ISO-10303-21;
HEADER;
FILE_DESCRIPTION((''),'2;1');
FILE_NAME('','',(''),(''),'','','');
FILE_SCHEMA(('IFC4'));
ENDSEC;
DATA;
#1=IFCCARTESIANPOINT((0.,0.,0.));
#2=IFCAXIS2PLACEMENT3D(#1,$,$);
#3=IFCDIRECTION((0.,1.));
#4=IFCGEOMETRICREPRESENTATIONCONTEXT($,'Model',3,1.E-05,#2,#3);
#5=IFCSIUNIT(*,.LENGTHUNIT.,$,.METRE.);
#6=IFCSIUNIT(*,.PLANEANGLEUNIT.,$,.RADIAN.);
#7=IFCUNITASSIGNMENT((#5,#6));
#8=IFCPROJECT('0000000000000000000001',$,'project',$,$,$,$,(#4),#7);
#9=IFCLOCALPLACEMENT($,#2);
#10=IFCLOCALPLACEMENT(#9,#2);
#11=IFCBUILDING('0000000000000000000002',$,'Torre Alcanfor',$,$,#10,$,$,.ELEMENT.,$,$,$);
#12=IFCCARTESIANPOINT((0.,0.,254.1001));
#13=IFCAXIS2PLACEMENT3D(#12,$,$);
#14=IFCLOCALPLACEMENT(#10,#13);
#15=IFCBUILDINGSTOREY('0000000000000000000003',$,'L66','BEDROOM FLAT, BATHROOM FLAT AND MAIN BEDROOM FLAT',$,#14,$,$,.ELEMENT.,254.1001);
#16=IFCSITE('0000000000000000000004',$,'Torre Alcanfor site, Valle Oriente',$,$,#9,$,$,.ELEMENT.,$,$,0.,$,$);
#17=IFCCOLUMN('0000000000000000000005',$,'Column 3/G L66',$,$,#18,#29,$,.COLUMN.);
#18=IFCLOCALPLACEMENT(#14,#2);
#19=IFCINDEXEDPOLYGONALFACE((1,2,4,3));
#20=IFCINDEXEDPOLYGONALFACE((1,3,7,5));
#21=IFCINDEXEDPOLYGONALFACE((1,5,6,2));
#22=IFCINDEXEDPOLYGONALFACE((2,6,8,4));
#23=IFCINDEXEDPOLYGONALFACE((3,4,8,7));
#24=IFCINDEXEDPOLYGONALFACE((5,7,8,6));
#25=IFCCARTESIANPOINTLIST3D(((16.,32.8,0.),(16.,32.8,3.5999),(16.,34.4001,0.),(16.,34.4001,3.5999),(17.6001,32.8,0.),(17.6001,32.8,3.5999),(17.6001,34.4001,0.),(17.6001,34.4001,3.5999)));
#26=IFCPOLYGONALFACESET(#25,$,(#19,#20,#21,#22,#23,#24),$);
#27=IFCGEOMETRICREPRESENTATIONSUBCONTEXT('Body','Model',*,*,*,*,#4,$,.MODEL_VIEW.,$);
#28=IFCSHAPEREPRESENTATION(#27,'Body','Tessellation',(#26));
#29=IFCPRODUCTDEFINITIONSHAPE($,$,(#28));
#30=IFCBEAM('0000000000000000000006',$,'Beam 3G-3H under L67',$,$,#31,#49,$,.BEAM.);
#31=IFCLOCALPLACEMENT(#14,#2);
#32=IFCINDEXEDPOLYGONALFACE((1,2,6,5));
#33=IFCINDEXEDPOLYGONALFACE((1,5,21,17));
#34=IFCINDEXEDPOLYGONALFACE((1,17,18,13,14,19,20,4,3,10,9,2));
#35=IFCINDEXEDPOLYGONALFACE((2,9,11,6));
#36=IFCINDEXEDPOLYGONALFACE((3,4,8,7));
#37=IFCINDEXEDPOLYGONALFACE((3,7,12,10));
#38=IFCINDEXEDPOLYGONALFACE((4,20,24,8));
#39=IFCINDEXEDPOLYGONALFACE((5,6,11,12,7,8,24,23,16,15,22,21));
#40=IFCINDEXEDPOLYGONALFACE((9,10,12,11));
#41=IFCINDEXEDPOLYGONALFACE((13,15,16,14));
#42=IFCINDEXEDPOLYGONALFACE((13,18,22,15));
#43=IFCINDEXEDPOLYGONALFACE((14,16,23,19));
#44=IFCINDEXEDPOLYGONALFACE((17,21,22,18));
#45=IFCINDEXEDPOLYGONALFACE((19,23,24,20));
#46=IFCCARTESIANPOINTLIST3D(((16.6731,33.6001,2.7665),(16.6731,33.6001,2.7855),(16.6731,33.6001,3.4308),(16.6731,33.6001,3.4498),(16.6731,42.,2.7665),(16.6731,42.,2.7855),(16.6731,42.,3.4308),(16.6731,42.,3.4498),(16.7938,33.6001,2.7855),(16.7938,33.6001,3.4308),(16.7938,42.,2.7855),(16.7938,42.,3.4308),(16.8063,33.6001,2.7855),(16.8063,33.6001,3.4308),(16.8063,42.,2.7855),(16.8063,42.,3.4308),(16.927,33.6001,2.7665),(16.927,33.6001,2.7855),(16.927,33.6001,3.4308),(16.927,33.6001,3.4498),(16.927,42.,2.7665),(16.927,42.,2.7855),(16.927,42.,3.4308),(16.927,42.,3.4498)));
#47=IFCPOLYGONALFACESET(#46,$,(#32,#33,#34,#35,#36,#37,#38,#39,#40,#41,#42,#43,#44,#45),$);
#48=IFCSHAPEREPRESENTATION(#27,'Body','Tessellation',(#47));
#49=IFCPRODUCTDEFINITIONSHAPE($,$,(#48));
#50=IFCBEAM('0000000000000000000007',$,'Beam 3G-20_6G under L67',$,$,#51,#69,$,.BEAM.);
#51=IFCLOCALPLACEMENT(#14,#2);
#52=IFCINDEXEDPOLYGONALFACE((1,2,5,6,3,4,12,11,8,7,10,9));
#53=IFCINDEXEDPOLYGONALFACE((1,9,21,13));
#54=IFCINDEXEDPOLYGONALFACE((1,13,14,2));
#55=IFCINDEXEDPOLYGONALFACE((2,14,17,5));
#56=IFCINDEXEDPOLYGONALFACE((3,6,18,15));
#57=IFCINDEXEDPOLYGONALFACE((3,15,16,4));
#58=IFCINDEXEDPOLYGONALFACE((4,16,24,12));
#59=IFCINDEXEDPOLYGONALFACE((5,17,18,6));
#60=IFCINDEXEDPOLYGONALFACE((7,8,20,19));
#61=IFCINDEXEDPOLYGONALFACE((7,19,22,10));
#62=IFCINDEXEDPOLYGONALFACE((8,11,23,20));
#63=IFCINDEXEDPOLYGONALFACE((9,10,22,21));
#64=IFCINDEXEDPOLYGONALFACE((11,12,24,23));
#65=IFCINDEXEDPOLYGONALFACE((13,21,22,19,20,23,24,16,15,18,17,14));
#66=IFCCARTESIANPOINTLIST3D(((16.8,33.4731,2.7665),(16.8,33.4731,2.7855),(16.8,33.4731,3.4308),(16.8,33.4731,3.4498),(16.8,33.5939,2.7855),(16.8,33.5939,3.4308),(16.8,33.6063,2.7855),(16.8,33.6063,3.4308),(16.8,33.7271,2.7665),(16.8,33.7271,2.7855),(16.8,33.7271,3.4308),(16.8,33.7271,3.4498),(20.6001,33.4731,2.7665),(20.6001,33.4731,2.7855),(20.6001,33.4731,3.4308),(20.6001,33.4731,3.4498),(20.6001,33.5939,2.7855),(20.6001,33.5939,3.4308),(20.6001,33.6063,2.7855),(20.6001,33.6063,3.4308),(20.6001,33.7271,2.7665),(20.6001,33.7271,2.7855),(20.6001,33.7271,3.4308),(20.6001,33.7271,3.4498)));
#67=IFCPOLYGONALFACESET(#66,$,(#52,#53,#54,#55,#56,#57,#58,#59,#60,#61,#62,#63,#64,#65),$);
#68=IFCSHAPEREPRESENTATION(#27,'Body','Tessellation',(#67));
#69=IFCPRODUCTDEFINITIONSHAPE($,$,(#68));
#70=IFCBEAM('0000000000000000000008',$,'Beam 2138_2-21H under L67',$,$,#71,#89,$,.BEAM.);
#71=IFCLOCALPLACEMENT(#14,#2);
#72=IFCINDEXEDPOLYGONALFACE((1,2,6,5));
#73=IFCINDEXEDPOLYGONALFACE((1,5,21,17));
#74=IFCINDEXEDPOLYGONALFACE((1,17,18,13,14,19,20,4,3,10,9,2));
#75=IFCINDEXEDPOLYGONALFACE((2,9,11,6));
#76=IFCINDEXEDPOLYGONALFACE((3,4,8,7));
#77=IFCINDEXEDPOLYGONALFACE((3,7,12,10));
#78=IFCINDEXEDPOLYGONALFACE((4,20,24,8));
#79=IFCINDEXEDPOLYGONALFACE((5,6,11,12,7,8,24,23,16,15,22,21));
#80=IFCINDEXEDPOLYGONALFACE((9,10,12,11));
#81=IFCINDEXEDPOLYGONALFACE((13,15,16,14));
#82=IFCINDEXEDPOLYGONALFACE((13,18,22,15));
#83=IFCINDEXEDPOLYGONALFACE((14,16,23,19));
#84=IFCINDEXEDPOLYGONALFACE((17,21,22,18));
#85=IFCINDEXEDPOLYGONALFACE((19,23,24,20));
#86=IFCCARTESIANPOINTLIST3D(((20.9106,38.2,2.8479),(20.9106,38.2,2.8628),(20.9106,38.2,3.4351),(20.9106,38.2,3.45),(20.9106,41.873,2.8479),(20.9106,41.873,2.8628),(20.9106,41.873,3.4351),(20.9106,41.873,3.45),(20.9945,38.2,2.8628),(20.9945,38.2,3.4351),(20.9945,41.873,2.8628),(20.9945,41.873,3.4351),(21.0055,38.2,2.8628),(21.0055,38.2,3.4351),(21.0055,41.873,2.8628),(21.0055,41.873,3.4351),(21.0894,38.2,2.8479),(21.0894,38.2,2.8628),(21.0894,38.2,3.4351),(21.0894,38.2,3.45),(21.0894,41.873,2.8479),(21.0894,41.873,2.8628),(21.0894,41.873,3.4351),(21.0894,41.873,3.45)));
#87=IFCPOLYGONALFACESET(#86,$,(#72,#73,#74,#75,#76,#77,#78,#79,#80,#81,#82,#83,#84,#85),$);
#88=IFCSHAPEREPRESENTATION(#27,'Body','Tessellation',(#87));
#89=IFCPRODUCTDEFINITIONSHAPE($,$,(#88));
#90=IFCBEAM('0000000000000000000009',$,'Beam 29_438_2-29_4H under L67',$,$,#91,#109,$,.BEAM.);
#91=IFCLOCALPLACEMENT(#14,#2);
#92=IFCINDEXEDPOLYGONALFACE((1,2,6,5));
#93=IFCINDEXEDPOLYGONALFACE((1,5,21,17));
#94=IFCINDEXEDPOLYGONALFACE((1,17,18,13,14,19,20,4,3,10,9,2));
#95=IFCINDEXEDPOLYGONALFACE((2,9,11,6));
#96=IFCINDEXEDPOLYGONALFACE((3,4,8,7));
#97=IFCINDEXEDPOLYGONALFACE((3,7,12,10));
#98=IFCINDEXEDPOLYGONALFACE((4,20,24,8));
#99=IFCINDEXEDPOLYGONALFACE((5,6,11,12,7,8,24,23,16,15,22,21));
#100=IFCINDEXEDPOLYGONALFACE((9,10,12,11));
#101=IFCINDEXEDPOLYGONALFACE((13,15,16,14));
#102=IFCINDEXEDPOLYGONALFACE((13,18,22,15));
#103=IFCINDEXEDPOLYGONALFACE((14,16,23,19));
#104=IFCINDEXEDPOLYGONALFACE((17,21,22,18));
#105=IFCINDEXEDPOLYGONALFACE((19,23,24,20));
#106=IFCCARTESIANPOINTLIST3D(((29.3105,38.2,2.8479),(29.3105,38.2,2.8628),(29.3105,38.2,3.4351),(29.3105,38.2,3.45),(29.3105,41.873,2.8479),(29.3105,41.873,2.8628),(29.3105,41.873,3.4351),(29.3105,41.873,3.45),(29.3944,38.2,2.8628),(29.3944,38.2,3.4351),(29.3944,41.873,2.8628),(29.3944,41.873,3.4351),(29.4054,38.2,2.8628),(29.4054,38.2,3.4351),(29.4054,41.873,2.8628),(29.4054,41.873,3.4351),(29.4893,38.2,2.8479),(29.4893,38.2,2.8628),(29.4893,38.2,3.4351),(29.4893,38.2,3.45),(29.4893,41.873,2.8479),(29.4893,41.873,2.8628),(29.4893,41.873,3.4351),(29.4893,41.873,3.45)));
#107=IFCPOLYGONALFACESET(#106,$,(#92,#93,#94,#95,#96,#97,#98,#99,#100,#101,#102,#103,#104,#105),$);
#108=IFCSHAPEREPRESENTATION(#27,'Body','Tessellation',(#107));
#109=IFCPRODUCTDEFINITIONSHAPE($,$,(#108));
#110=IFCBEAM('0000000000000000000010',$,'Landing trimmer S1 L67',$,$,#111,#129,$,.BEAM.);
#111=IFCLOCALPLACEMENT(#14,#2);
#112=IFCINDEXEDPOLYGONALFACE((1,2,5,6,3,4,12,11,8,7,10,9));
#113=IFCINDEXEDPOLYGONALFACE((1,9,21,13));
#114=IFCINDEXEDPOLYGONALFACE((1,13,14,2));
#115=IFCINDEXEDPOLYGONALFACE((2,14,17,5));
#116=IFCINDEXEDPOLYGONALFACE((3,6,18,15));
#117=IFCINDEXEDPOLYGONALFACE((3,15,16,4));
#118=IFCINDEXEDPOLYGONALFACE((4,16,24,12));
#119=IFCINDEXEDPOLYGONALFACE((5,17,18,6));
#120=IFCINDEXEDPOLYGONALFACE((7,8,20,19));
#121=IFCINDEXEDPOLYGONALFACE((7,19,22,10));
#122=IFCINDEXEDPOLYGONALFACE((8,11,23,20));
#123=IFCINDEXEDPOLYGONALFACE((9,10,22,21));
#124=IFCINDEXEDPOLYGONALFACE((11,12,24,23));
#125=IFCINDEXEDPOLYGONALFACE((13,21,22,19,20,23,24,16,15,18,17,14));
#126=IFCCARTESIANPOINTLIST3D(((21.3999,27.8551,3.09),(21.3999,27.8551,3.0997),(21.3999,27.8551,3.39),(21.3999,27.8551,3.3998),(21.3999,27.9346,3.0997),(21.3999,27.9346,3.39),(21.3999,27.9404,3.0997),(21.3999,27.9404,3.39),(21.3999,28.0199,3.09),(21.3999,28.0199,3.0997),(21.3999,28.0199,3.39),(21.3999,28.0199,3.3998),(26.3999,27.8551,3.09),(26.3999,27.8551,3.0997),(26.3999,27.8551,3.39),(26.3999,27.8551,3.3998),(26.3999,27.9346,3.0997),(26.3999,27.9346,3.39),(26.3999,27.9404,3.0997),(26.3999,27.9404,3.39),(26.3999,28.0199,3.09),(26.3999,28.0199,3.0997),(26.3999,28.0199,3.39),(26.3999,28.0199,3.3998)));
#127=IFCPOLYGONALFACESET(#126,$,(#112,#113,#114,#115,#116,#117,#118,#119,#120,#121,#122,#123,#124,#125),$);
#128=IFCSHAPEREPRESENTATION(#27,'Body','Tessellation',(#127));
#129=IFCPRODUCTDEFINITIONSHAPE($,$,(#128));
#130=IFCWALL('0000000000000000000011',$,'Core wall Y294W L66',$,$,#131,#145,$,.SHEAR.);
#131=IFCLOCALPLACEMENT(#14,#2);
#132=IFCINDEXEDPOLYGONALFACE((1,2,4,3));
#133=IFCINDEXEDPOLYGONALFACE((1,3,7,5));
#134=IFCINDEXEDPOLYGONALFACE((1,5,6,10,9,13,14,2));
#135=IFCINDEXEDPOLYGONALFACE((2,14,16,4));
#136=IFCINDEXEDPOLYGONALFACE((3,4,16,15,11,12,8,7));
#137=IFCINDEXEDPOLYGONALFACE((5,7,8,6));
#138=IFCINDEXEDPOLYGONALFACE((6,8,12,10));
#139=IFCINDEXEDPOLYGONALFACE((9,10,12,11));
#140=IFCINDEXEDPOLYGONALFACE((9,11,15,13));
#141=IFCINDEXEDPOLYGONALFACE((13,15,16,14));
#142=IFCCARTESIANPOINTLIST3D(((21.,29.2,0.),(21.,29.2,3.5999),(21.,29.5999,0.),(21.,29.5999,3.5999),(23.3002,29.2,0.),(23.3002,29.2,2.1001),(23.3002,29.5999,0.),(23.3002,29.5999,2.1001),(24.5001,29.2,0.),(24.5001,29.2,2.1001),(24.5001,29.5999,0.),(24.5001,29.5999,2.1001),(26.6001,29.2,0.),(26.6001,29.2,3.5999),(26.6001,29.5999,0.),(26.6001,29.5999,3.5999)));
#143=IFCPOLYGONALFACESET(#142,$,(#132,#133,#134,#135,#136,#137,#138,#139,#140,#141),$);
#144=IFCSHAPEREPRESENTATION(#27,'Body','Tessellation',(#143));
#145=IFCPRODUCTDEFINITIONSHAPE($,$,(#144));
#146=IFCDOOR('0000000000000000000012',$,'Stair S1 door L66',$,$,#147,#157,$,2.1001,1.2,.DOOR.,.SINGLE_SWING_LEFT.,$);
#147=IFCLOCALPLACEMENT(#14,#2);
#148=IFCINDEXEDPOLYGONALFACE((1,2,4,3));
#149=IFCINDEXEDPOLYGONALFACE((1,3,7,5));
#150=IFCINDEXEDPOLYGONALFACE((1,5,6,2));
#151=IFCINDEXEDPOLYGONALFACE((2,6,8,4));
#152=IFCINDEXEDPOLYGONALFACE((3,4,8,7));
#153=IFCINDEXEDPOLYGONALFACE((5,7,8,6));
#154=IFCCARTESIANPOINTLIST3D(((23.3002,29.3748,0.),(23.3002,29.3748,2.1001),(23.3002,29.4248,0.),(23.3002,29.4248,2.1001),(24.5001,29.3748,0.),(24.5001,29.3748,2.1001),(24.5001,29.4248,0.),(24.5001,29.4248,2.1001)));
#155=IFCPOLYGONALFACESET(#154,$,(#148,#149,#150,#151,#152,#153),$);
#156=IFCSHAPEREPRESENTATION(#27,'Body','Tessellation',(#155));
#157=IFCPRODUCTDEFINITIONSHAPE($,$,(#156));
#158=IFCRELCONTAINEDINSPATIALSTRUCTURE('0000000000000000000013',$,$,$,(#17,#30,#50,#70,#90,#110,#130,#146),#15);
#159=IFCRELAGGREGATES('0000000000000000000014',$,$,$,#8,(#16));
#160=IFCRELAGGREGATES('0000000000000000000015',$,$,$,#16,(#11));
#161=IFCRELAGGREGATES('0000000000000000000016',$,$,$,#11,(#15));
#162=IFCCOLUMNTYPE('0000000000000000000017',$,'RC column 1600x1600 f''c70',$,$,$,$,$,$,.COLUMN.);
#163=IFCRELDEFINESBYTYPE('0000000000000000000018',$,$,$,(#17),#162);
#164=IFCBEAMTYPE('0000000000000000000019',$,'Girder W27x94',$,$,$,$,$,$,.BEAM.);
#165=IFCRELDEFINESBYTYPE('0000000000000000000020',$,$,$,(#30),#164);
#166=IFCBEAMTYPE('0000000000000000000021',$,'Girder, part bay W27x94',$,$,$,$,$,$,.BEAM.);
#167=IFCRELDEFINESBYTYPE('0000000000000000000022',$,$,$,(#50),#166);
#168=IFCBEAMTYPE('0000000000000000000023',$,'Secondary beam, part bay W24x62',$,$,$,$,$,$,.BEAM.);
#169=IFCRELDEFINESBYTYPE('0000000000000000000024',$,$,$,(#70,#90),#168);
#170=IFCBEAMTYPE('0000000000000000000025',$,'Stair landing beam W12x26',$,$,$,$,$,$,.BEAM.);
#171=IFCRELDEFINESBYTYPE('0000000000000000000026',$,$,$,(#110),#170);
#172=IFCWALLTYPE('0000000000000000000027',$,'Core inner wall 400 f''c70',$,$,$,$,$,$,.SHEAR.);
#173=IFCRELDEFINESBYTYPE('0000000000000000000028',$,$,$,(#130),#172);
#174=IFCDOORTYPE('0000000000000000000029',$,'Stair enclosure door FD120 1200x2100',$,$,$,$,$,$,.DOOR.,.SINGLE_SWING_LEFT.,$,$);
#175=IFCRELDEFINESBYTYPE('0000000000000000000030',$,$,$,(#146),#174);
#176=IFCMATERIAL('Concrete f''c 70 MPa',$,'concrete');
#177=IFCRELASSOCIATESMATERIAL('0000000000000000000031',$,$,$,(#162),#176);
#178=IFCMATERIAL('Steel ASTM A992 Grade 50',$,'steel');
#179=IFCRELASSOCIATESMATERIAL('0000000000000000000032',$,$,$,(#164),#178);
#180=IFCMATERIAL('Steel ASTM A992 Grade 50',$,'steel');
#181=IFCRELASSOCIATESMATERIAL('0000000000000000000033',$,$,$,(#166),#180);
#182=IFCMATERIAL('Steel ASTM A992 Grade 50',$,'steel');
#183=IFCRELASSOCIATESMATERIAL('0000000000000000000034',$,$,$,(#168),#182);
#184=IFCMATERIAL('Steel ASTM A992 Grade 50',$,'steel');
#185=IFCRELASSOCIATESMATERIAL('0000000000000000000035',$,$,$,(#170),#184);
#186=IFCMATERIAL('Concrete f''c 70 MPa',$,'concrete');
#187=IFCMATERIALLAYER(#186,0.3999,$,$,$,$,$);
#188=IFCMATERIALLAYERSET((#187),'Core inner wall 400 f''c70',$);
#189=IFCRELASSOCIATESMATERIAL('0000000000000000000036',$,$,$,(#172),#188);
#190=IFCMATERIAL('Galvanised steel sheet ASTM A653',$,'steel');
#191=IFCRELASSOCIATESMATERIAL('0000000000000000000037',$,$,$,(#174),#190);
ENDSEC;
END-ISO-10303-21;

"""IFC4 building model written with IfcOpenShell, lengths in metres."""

from ifc_helpers import new_model, si_unit, direction, frame, frame_2d, origin, origin_2d, place, context, subcontext, project, spatial, rectangle, i_section, extrude, material, layer, layer_set, material_profile, profile_set, type_object, element, fill, save


model = new_model("IFC4")

# Units and contexts
model_context = context("Model", 3, precision=1e-05, world=origin(), true_north=direction((0.0, 1.0)))
body_context = subcontext(model_context, "Body", "Model", "MODEL_VIEW")
ifc_project = project(units=[si_unit("LENGTHUNIT", "METRE"), si_unit("PLANEANGLEUNIT", "RADIAN")], contexts=[model_context])

# Site, building, storey
site_placement = place(None, origin())
site = spatial("IfcSite", under=ifc_project, at=site_placement, Name="Torre Alcanfor site, Valle Oriente", CompositionType="ELEMENT", RefElevation=0.0)
building_placement = place(site_placement, origin())
building = spatial("IfcBuilding", under=site, at=building_placement, Name="Torre Alcanfor", CompositionType="ELEMENT")
storey_placement = place(building_placement, frame((0.0, 0.0, 254.1001)))
storey = spatial("IfcBuildingStorey", under=building, at=storey_placement, Name="L66", Description="BEDROOM FLAT, BATHROOM FLAT AND MAIN BEDROOM FLAT", CompositionType="ELEMENT", Elevation=254.1001)

# Column
ifc_material_1 = material(Name="Concrete f'c 70 MPa", Category="concrete")
ifc_material_profile_1 = material_profile(ifc_material_1, rectangle(XDim=1.6001, YDim=1.6001, at=origin_2d()), Name="1600x1600")
ifc_profile_set_1 = profile_set([ifc_material_profile_1], Name="Concrete f'c 70 MPa")
column_type = type_object("IfcColumnType", Name="RC column 1600x1600 f'c70", PredefinedType="COLUMN", material=ifc_profile_set_1)
column_placement = place(storey_placement, frame((16.8, 33.6001, 0.0), z_axis=(0.0, 0.0, 1.0), x_axis=(1.0, 0.0, 0.0)))
element("IfcColumn", 1, at=column_placement, inside=storey, type_object=column_type, Name="Column 3/G L66", PredefinedType="COLUMN", context=body_context, shape_type="SweptSolid", body=[
    extrude(rectangle(XDim=1.6001, YDim=1.6001, at=origin_2d()), origin(), (0.0, 0.0, 1.0), 3.5999),
])

# Beams
ifc_material_2 = material(Name="Steel ASTM A992 Grade 50", Category="steel")
ifc_material_profile_2 = material_profile(ifc_material_2, i_section(OverallWidth=0.2539, OverallDepth=0.6833, WebThickness=0.0125, FlangeThickness=0.019, at=origin_2d()), Name="W27x94")
ifc_profile_set_2 = profile_set([ifc_material_profile_2], Name="Steel ASTM A992 Grade 50")
beam_type_1 = type_object("IfcBeamType", Name="Girder W27x94", PredefinedType="BEAM", material=ifc_profile_set_2)
beam_1_placement = place(storey_placement, frame((16.8, 33.6001, 3.1082), z_axis=(0.0, 1.0, 0.0), x_axis=(-1.0, 0.0, 0.0)))
element("IfcBeam", 2, at=beam_1_placement, inside=storey, type_object=beam_type_1, Name="Beam 3G-3H under L67", PredefinedType="BEAM", context=body_context, shape_type="SweptSolid", body=[
    extrude(i_section(OverallWidth=0.2539, OverallDepth=0.6833, WebThickness=0.0125, FlangeThickness=0.019, at=origin_2d()), origin(), (0.0, 0.0, 1.0), 8.3999),
])
ifc_material_3 = material(Name="Steel ASTM A992 Grade 50", Category="steel")
ifc_material_profile_3 = material_profile(ifc_material_3, i_section(OverallWidth=0.2539, OverallDepth=0.6833, WebThickness=0.0125, FlangeThickness=0.019, at=origin_2d()), Name="W27x94")
ifc_profile_set_3 = profile_set([ifc_material_profile_3], Name="Steel ASTM A992 Grade 50")
beam_type_2 = type_object("IfcBeamType", Name="Girder, part bay W27x94", PredefinedType="BEAM", material=ifc_profile_set_3)
beam_2_placement = place(storey_placement, frame((16.8, 33.6001, 3.1082), z_axis=(1.0, 0.0, 0.0), x_axis=(0.0, 1.0, 0.0)))
element("IfcBeam", 3, at=beam_2_placement, inside=storey, type_object=beam_type_2, Name="Beam 3G-20_6G under L67", PredefinedType="BEAM", context=body_context, shape_type="SweptSolid", body=[
    extrude(i_section(OverallWidth=0.2539, OverallDepth=0.6833, WebThickness=0.0125, FlangeThickness=0.019, at=origin_2d()), origin(), (0.0, 0.0, 1.0), 3.8),
])
ifc_material_4 = material(Name="Steel ASTM A992 Grade 50", Category="steel")
ifc_material_profile_4 = material_profile(ifc_material_4, i_section(OverallWidth=0.1787, OverallDepth=0.6021, WebThickness=0.011, FlangeThickness=0.0149, at=origin_2d()), Name="W24x62")
ifc_profile_set_4 = profile_set([ifc_material_profile_4], Name="Steel ASTM A992 Grade 50")
beam_type_3 = type_object("IfcBeamType", Name="Secondary beam, part bay W24x62", PredefinedType="BEAM", material=ifc_profile_set_4)
for number, where, z_axis, x_axis, name in (
    (4, (21.0, 38.2, 3.1489), (0.0, 1.0, 0.0), (-1.0, 0.0, 0.0), "Beam 2138_2-21H under L67"),
    (5, (29.3999, 38.2, 3.1489), (0.0, 1.0, 0.0), (-1.0, 0.0, 0.0), "Beam 29_438_2-29_4H under L67"),
):
    element("IfcBeam", number, at=place(storey_placement, frame(where, z_axis=z_axis, x_axis=x_axis)), inside=storey, type_object=beam_type_3, Name=name, PredefinedType="BEAM", context=body_context, shape_type="SweptSolid", body=[
        extrude(i_section(OverallWidth=0.1787, OverallDepth=0.6021, WebThickness=0.011, FlangeThickness=0.0149, at=origin_2d()), origin(), (0.0, 0.0, 1.0), 3.6731),
    ])
ifc_material_5 = material(Name="Steel ASTM A992 Grade 50", Category="steel")
ifc_material_profile_5 = material_profile(ifc_material_5, i_section(OverallWidth=0.1648, OverallDepth=0.3098, WebThickness=0.0059, FlangeThickness=0.0098, at=origin_2d()), Name="W12x26")
ifc_profile_set_5 = profile_set([ifc_material_profile_5], Name="Steel ASTM A992 Grade 50")
beam_type_4 = type_object("IfcBeamType", Name="Stair landing beam W12x26", PredefinedType="BEAM", material=ifc_profile_set_5)
beam_3_placement = place(storey_placement, frame((21.3999, 27.9375, 3.2449), z_axis=(1.0, 0.0, 0.0), x_axis=(0.0, 1.0, 0.0)))
element("IfcBeam", 6, at=beam_3_placement, inside=storey, type_object=beam_type_4, Name="Landing trimmer S1 L67", PredefinedType="BEAM", context=body_context, shape_type="SweptSolid", body=[
    extrude(i_section(OverallWidth=0.1648, OverallDepth=0.3098, WebThickness=0.0059, FlangeThickness=0.0098, at=origin_2d()), origin(), (0.0, 0.0, 1.0), 5.0),
])

# Wall, opening, door
ifc_material_6 = material(Name="Concrete f'c 70 MPa", Category="concrete")
ifc_layer_1 = layer(ifc_material_6, 0.3999)
ifc_layer_set_1 = layer_set([ifc_layer_1], Name="Core inner wall 400 f'c70")
wall_type_1 = type_object("IfcWallType", Name="Core inner wall 400 f'c70", PredefinedType="SHEAR", material=ifc_layer_set_1)
wall_1_placement = place(storey_placement, frame((21.0, 29.3999, 0.0), z_axis=(0.0, 0.0, 1.0), x_axis=(1.0, 0.0, 0.0)))
wall_1 = element("IfcWall", 7, at=wall_1_placement, inside=storey, type_object=wall_type_1, Name="Core wall Y294W L66", PredefinedType="SHEAR", context=body_context, shape_type="SweptSolid", body=[
    extrude(rectangle(XDim=5.6001, YDim=0.3999, at=frame_2d((2.8, 0.0))), origin(), (0.0, 0.0, 1.0), 3.5999),
])
opening_1_placement = place(wall_1_placement, frame((2.3, 0.0, 0.0)))
opening_1 = element("IfcOpeningElement", 8, at=opening_1_placement, cuts=wall_1, PredefinedType="OPENING", context=body_context, shape_type="SweptSolid", body=[
    extrude(rectangle(XDim=1.2, YDim=2.1001, at=frame_2d((0.6001, 1.05))), frame((0.0, 0.21, 0.0), z_axis=(0.0, -1.0, 0.0), x_axis=(1.0, 0.0, 0.0)), (0.0, 0.0, 1.0), 0.4199),
])
ifc_material_7 = material(Name="Galvanised steel sheet ASTM A653", Category="steel")
door_type_1 = type_object("IfcDoorType", Name="Stair enclosure door FD120 1200x2100", OperationType="SINGLE_SWING_LEFT", PredefinedType="DOOR", material=ifc_material_7)
door_1_placement = place(opening_1_placement, frame((1.2, 0.0, 0.0), z_axis=(0.0, 0.0, 1.0), x_axis=(-1.0, 0.0, 0.0)))
door_1 = element("IfcDoor", 9, at=door_1_placement, inside=storey, type_object=door_type_1, Name="Stair S1 door L66", OperationType="SINGLE_SWING_LEFT", OverallHeight=2.1001, OverallWidth=1.2, PredefinedType="DOOR", context=body_context, shape_type="SweptSolid", body=[
    extrude(rectangle(XDim=1.2, YDim=2.1001, at=frame_2d((0.5999, 1.05))), frame((0.0, 0.0251, 0.0), z_axis=(0.0, -1.0, 0.0), x_axis=(1.0, 0.0, 0.0)), (0.0, 0.0, 1.0), 0.05),
])
fill(opening_1, door_1)

save(model, "model.ifc")
